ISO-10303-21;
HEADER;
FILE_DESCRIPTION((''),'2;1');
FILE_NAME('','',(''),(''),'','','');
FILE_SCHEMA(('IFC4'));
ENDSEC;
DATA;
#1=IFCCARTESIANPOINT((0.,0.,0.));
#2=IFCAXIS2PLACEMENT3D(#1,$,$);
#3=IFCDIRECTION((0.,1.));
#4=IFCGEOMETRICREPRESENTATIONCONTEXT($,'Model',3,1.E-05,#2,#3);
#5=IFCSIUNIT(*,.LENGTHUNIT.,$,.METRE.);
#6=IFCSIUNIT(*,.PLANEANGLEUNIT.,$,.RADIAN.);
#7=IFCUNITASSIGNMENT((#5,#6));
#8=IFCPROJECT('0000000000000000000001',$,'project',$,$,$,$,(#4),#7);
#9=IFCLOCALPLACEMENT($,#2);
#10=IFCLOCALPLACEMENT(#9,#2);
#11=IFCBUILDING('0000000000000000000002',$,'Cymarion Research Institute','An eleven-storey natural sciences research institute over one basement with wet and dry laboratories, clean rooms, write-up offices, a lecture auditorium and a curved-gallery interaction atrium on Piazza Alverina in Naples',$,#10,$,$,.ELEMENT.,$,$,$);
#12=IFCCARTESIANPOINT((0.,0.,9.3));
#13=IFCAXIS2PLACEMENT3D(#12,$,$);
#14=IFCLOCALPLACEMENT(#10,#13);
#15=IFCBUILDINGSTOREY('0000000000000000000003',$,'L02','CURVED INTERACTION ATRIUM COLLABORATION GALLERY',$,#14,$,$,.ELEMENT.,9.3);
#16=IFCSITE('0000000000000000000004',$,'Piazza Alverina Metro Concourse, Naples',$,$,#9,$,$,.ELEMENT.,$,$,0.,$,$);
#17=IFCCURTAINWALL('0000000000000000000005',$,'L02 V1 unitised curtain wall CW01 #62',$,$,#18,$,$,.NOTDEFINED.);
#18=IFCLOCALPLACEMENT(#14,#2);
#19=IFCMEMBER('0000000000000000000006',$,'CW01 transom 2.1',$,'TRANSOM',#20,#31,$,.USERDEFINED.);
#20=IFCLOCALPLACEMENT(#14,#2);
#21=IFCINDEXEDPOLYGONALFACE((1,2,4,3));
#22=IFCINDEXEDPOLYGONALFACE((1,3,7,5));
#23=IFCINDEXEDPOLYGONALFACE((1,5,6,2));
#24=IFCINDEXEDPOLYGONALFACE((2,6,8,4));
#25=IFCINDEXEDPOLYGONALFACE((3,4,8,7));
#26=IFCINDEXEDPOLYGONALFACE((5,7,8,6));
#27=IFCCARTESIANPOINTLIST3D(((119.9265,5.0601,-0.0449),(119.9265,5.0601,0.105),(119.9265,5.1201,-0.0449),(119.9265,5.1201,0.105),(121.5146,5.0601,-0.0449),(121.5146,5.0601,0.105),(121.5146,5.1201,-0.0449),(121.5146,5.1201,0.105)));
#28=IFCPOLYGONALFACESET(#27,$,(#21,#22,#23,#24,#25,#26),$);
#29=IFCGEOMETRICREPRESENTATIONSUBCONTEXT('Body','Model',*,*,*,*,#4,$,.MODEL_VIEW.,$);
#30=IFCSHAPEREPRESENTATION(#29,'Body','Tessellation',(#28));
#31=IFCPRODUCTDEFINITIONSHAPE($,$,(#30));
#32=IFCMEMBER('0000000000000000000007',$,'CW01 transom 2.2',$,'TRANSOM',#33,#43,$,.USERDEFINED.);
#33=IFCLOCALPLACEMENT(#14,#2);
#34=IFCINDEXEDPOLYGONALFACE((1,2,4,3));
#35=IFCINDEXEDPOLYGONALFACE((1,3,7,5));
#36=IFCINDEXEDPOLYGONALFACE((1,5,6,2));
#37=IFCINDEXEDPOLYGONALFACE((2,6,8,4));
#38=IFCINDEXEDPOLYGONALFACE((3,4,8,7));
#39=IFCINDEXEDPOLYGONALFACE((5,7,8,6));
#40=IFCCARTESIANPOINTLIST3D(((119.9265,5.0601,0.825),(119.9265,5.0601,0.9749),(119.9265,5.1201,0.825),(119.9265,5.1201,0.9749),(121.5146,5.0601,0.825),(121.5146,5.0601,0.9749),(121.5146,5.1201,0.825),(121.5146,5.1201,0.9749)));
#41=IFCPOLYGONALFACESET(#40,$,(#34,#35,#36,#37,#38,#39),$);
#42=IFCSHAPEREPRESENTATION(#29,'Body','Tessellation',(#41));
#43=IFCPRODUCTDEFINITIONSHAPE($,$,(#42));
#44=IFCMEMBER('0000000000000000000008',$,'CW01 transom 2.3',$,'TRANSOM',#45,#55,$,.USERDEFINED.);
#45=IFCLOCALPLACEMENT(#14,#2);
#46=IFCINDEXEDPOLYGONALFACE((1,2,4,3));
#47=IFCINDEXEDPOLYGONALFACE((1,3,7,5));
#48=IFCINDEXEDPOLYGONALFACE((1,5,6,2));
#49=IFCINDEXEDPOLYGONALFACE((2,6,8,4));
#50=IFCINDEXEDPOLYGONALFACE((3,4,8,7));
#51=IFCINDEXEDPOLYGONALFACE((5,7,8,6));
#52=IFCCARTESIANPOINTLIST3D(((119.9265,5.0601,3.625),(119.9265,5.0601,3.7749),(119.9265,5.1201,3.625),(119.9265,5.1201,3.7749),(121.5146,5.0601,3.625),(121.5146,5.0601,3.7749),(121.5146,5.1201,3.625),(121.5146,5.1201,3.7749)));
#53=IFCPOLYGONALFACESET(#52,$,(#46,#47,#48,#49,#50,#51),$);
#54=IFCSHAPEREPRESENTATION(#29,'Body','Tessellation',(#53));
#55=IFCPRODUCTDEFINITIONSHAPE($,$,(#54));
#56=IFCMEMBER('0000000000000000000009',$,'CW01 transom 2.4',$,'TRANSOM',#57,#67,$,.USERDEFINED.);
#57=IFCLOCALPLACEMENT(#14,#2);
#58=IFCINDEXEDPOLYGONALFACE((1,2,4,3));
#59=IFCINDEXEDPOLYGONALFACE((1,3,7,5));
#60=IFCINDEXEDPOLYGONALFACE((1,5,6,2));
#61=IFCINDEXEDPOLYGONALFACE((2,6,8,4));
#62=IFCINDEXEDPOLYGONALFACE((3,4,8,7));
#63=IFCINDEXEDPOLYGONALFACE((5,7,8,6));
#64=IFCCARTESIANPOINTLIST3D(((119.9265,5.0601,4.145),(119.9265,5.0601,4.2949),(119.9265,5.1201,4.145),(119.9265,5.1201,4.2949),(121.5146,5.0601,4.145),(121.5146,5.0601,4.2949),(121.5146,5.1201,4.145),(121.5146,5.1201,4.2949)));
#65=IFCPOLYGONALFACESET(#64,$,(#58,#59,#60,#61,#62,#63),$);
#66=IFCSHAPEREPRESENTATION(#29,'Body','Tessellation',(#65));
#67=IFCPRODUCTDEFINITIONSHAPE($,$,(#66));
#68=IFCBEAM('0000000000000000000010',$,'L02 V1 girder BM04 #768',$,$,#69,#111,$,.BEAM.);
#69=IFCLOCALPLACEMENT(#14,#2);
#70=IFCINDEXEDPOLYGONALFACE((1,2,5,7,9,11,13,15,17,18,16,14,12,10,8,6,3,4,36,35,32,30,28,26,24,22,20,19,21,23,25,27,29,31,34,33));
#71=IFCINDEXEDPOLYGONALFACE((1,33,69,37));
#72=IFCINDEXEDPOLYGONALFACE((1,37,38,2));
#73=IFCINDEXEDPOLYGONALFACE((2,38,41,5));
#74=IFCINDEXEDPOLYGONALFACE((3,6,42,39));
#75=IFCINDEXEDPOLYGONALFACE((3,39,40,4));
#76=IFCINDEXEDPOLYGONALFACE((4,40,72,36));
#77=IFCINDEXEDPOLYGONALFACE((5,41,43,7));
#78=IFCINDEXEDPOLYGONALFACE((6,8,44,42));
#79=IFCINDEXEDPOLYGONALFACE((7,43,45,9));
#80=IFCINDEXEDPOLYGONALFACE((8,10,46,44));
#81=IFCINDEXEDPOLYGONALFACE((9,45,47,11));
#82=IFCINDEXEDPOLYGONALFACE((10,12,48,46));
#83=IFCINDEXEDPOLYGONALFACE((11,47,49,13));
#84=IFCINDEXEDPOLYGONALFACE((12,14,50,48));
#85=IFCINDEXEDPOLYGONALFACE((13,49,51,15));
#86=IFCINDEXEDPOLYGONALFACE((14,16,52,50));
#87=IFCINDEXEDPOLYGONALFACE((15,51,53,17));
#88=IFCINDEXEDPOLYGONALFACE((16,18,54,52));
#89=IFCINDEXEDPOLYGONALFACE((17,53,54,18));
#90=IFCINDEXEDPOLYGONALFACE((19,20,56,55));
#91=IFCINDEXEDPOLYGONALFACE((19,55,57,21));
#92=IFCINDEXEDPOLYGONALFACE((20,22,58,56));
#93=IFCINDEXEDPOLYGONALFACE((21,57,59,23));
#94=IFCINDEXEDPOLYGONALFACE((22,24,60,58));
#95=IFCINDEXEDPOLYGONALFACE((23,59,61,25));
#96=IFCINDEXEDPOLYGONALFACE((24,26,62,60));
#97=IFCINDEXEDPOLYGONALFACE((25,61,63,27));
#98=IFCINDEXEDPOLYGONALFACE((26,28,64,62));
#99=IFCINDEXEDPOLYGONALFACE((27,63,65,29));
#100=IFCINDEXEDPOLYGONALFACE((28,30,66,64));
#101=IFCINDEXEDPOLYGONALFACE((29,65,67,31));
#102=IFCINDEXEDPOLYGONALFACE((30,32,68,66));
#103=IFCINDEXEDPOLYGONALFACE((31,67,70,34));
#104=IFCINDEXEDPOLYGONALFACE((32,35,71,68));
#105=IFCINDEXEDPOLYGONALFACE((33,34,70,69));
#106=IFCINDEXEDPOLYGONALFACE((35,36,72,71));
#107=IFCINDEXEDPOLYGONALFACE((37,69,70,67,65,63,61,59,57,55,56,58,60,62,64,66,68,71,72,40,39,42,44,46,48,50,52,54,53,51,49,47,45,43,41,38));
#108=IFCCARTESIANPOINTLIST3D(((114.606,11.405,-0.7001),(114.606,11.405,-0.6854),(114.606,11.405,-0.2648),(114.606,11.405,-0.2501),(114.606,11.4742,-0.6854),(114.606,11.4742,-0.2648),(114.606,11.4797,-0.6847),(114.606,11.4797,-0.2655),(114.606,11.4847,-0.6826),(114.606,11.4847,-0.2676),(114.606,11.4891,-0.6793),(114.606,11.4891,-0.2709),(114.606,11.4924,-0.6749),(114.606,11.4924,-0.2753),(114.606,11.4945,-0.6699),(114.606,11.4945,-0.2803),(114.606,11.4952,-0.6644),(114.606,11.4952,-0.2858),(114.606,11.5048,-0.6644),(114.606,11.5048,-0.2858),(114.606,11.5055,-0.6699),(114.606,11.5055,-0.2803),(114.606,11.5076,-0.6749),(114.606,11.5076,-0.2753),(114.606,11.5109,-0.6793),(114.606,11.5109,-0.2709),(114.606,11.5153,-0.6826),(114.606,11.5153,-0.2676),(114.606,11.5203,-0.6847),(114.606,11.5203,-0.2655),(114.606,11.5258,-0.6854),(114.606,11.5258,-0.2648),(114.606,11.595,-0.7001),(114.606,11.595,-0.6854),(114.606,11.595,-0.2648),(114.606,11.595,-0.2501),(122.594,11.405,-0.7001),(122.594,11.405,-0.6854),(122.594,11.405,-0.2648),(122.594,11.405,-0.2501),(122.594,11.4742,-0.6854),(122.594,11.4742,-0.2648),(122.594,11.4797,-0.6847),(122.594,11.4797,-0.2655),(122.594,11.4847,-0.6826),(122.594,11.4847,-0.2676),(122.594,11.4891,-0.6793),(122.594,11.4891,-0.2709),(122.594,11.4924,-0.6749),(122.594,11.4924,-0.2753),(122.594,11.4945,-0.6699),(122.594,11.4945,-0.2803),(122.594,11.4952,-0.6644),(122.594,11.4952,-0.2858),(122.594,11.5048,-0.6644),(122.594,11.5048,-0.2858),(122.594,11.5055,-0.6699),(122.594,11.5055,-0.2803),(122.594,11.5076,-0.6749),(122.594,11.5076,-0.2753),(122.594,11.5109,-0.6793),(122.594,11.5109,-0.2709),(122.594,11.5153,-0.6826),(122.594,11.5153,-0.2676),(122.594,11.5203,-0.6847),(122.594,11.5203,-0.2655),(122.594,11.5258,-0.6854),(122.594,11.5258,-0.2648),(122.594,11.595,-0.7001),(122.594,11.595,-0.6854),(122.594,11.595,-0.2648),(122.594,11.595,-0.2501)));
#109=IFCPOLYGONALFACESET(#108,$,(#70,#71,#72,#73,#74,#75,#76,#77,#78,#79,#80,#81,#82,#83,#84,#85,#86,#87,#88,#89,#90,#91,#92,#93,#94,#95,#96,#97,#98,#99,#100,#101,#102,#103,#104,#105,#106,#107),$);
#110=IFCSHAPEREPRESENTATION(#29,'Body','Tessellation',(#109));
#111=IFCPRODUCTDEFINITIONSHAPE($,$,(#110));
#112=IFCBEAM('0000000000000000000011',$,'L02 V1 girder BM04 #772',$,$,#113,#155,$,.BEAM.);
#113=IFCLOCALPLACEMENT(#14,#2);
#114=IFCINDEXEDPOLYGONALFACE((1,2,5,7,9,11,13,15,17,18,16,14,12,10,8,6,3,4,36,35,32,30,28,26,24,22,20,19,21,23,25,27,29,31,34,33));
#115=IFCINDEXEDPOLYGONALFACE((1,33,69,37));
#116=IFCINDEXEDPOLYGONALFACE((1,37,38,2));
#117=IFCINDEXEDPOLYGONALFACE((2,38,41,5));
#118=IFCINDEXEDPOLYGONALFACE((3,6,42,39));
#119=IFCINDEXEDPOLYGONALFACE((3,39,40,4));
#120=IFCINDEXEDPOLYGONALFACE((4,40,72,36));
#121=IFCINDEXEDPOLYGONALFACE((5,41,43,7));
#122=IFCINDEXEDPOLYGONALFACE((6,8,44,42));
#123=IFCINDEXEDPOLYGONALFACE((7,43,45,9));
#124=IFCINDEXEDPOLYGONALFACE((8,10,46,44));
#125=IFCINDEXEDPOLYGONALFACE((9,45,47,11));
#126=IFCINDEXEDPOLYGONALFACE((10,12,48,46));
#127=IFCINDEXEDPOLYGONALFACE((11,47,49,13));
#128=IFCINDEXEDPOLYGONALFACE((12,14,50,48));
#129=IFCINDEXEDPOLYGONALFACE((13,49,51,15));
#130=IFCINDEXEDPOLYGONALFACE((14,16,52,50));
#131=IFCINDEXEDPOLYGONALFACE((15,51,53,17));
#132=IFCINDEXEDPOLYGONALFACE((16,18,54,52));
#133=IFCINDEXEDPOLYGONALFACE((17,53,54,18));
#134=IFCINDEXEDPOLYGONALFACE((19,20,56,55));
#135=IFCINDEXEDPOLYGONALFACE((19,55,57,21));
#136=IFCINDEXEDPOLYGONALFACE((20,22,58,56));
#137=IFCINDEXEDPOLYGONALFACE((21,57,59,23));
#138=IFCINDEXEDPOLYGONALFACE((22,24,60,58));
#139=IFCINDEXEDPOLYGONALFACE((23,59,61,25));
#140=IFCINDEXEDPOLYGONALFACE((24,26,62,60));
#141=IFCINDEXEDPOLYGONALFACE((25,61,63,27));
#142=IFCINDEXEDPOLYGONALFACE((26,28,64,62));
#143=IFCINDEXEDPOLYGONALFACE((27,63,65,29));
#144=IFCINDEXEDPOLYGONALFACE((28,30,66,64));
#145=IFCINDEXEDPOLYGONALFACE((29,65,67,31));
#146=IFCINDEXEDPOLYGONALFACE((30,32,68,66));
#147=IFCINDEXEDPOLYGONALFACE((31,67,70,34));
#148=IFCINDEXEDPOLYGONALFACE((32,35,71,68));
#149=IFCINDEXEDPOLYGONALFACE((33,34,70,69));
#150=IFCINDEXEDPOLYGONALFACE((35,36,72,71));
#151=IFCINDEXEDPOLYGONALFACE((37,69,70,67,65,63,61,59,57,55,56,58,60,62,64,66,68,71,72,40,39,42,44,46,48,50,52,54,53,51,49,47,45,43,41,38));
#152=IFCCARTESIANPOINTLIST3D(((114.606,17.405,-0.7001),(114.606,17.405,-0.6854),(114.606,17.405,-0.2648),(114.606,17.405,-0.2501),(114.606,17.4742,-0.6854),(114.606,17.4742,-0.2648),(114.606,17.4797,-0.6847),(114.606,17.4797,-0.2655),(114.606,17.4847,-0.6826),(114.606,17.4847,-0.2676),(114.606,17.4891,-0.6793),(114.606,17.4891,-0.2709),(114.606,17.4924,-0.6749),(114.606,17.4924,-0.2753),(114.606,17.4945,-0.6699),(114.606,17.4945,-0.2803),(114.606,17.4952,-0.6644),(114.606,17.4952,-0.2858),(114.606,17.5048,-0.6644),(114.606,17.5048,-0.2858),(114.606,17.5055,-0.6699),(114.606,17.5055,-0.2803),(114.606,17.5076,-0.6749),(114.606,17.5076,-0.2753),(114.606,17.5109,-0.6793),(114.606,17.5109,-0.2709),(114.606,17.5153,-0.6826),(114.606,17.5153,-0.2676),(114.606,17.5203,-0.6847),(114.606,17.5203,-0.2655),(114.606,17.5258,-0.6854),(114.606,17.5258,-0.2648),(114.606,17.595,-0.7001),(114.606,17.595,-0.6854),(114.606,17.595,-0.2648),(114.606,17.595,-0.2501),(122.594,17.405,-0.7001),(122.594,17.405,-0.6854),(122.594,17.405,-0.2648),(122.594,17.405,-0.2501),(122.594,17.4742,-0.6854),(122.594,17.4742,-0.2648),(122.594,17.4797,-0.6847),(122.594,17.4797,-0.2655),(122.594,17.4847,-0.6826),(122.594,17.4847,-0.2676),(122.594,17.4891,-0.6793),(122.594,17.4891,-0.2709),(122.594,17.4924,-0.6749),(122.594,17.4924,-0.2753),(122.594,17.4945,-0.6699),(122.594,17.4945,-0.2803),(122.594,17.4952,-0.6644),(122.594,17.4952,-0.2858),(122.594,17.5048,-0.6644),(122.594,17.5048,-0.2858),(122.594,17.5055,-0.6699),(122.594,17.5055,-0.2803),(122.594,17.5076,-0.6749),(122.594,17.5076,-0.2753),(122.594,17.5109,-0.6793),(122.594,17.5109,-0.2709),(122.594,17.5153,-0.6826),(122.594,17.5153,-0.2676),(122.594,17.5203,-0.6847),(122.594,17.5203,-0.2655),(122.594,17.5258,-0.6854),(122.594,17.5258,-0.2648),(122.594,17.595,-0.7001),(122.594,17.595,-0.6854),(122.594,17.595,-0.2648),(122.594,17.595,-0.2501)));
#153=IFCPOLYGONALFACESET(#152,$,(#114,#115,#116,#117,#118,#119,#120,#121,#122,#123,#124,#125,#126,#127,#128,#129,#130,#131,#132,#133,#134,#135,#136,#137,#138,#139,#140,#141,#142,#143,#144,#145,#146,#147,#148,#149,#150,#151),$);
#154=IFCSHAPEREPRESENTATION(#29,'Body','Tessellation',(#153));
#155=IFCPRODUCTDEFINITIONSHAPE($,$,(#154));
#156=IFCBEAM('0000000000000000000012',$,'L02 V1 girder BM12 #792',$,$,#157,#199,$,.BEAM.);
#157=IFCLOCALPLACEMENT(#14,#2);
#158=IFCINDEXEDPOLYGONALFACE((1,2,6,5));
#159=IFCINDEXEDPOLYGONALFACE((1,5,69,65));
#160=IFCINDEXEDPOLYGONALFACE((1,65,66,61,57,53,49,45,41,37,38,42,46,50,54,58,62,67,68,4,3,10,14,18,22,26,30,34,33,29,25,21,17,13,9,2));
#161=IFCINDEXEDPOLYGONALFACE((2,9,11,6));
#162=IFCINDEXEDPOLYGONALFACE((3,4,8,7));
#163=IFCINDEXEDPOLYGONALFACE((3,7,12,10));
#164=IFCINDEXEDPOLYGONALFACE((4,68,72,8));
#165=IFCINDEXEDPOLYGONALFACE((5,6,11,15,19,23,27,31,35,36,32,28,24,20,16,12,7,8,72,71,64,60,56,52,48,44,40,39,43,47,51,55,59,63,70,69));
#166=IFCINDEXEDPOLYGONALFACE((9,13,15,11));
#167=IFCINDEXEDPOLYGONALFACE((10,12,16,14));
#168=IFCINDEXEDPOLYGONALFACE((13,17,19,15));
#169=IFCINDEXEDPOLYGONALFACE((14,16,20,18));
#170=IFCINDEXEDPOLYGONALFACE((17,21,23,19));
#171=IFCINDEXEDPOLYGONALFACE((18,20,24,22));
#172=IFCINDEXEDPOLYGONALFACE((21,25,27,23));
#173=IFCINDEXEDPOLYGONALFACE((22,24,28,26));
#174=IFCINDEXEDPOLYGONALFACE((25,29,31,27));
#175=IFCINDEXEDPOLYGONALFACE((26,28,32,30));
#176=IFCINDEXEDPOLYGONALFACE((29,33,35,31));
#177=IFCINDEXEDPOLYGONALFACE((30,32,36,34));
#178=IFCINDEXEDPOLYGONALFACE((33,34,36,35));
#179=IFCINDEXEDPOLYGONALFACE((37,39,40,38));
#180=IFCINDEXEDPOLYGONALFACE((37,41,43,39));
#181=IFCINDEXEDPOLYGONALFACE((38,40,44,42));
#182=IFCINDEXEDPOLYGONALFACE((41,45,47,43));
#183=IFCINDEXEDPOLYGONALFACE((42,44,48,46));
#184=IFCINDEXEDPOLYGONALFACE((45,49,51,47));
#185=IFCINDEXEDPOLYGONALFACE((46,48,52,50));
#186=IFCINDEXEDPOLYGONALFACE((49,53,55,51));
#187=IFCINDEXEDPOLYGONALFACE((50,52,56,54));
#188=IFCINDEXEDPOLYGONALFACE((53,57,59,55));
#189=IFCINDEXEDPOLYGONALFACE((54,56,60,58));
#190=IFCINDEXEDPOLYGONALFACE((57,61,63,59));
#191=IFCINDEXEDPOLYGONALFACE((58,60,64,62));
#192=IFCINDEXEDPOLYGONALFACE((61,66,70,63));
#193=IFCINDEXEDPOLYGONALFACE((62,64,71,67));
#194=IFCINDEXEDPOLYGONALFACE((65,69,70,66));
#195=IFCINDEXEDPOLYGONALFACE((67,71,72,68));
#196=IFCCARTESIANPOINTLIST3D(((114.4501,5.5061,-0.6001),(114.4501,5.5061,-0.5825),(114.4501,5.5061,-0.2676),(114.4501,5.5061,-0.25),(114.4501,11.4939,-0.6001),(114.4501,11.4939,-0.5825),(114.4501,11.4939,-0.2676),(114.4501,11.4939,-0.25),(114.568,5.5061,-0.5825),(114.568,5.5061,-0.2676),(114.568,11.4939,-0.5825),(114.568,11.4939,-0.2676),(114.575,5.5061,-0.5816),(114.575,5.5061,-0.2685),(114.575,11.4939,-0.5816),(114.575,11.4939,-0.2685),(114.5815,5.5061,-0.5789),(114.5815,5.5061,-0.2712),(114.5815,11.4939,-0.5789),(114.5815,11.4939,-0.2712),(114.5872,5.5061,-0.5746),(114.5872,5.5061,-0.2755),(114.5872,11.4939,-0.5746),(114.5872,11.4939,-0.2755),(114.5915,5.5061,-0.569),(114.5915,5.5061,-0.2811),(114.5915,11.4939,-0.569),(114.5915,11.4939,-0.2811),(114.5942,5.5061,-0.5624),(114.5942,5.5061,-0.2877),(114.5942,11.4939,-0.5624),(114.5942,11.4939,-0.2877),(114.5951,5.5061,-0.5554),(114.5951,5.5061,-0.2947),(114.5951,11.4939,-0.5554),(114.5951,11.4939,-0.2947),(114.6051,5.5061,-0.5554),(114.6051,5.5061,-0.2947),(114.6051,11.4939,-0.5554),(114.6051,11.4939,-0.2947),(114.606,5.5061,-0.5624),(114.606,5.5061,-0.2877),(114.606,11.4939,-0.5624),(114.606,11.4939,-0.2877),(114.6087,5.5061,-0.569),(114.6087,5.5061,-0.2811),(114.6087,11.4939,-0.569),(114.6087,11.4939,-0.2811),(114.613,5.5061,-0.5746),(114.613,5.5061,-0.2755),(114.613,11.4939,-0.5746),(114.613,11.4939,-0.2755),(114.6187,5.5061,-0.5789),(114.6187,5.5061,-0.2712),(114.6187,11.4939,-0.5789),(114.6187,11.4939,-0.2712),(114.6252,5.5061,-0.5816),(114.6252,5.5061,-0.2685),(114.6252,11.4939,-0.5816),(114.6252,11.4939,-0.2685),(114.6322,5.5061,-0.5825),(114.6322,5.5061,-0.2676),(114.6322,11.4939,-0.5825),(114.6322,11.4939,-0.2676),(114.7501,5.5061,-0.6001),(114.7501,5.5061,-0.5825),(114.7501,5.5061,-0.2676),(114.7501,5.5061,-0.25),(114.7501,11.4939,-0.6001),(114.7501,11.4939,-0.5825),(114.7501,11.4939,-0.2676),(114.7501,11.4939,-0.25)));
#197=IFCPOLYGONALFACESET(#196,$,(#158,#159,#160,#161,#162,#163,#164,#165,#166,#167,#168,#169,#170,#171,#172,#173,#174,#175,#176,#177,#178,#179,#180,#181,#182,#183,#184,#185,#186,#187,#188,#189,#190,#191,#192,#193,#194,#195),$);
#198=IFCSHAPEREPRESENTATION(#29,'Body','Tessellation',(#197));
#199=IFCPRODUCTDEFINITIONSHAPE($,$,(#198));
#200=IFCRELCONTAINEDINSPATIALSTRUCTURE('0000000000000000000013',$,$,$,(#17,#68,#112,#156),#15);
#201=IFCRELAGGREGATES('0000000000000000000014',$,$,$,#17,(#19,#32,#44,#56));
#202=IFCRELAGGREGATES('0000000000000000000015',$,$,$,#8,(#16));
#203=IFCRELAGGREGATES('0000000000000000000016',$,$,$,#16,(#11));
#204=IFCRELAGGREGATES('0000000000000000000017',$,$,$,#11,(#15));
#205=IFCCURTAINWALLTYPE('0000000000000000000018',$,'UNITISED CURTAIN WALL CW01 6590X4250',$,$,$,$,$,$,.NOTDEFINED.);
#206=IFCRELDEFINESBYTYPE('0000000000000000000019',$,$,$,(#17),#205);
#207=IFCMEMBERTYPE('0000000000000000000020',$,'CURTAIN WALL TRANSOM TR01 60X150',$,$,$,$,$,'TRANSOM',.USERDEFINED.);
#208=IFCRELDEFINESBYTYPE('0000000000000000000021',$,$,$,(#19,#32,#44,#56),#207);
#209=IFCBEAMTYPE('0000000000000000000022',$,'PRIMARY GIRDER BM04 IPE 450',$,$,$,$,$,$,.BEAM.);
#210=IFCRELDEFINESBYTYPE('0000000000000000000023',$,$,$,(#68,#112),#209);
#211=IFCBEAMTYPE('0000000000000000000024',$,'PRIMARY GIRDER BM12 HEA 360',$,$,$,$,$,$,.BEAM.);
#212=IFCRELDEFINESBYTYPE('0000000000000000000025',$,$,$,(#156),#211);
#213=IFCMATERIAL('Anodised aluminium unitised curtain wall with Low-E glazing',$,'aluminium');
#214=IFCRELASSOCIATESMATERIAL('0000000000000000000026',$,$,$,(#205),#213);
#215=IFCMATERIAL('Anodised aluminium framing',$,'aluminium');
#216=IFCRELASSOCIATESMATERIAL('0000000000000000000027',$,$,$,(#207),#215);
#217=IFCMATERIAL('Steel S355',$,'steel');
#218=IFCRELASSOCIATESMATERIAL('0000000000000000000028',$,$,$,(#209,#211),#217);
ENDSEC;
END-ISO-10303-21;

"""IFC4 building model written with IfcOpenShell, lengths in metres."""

from ifc_helpers import new_model, si_unit, direction, frame, origin, origin_2d, place, context, subcontext, project, spatial, rectangle, i_section, extrude, material, material_profile, profile_set, type_object, element, aggregate, save


model = new_model("IFC4")

# Units and contexts
model_context = context("Model", 3, precision=1e-05, world=origin(), true_north=direction((0.0, 1.0)))
body_context = subcontext(model_context, "Body", "Model", "MODEL_VIEW")
ifc_project = project(units=[si_unit("LENGTHUNIT", "METRE"), si_unit("PLANEANGLEUNIT", "RADIAN")], contexts=[model_context])

# Site, building, storey
site_placement = place(None, origin())
site = spatial("IfcSite", under=ifc_project, at=site_placement, Name="Piazza Alverina Metro Concourse, Naples", CompositionType="ELEMENT", RefElevation=0.0)
building_placement = place(site_placement, origin())
building = spatial("IfcBuilding", under=site, at=building_placement, Name="Cymarion Research Institute", Description="An eleven-storey natural sciences research institute over one basement with wet and dry laboratories, clean rooms, write-up offices, a lecture auditorium and a curved-gallery interaction atrium on Piazza Alverina in Naples", CompositionType="ELEMENT")
storey_placement = place(building_placement, frame((0.0, 0.0, 9.3)))
storey = spatial("IfcBuildingStorey", under=building, at=storey_placement, Name="L02", Description="CURVED INTERACTION ATRIUM COLLABORATION GALLERY", CompositionType="ELEMENT", Elevation=9.3)

# Shared definitions
ifc_material_1 = material(Name="Steel S355", Category="steel")

# Curtain wall, members
ifc_material_2 = material(Name="Anodised aluminium unitised curtain wall with Low-E glazing", Category="aluminium")
curtain_wall_type = type_object("IfcCurtainWallType", Name="UNITISED CURTAIN WALL CW01 6590X4250", PredefinedType="NOTDEFINED", material=ifc_material_2)
curtain_wall_placement = place(storey_placement, origin())
curtain_wall = element("IfcCurtainWall", 1, at=curtain_wall_placement, inside=storey, type_object=curtain_wall_type, Name="L02 V1 unitised curtain wall CW01 #62", PredefinedType="NOTDEFINED")
ifc_material_3 = material(Name="Anodised aluminium framing", Category="aluminium")
ifc_material_profile_1 = material_profile(ifc_material_3, rectangle(XDim=0.0601, YDim=0.1499, at=origin_2d()), Name="ALU TRANSOM 60x150")
ifc_profile_set_1 = profile_set([ifc_material_profile_1], Name="Anodised aluminium framing")
member_type_1 = type_object("IfcMemberType", Name="CURTAIN WALL TRANSOM TR01 60X150", ElementType="TRANSOM", PredefinedType="USERDEFINED", material=ifc_profile_set_1)
member_1_placement = place(storey_placement, frame((119.9265, 5.0901, 0.03), z_axis=(1.0, 0.0, 0.0), x_axis=(0.0, 1.0, 0.0)))
member_1 = element("IfcMember", 2, at=member_1_placement, type_object=member_type_1, Name="CW01 transom 2.1", ObjectType="TRANSOM", PredefinedType="USERDEFINED", context=body_context, shape_type="SweptSolid", body=[
    extrude(rectangle(XDim=0.0601, YDim=0.1499, at=origin_2d()), origin(), (0.0, 0.0, 1.0), 1.5881),
])
member_2_placement = place(storey_placement, frame((119.9265, 5.0901, 0.8999), z_axis=(1.0, 0.0, 0.0), x_axis=(0.0, 1.0, 0.0)))
member_2 = element("IfcMember", 3, at=member_2_placement, type_object=member_type_1, Name="CW01 transom 2.2", ObjectType="TRANSOM", PredefinedType="USERDEFINED", context=body_context, shape_type="SweptSolid", body=[
    extrude(rectangle(XDim=0.0601, YDim=0.1499, at=origin_2d()), origin(), (0.0, 0.0, 1.0), 1.5881),
])
member_3_placement = place(storey_placement, frame((119.9265, 5.0901, 3.7), z_axis=(1.0, 0.0, 0.0), x_axis=(0.0, 1.0, 0.0)))
member_3 = element("IfcMember", 4, at=member_3_placement, type_object=member_type_1, Name="CW01 transom 2.3", ObjectType="TRANSOM", PredefinedType="USERDEFINED", context=body_context, shape_type="SweptSolid", body=[
    extrude(rectangle(XDim=0.0601, YDim=0.1499, at=origin_2d()), origin(), (0.0, 0.0, 1.0), 1.5881),
])
member_4_placement = place(storey_placement, frame((119.9265, 5.0901, 4.22), z_axis=(1.0, 0.0, 0.0), x_axis=(0.0, 1.0, 0.0)))
member_4 = element("IfcMember", 5, at=member_4_placement, type_object=member_type_1, Name="CW01 transom 2.4", ObjectType="TRANSOM", PredefinedType="USERDEFINED", context=body_context, shape_type="SweptSolid", body=[
    extrude(rectangle(XDim=0.0601, YDim=0.1499, at=origin_2d()), origin(), (0.0, 0.0, 1.0), 1.5881),
])

# Beams
ifc_material_profile_2 = material_profile(ifc_material_1, i_section(OverallWidth=0.1899, OverallDepth=0.45, WebThickness=0.0095, FlangeThickness=0.0146, FilletRadius=0.021, at=origin_2d()), Name="IPE 450")
ifc_profile_set_2 = profile_set([ifc_material_profile_2], Name="Steel S355")
beam_type_1 = type_object("IfcBeamType", Name="PRIMARY GIRDER BM04 IPE 450", PredefinedType="BEAM", material=ifc_profile_set_2)
for number, where, z_axis, x_axis, name in (
    (6, (114.606, 11.5, -0.4751), (1.0, 0.0, 0.0), (0.0, 1.0, 0.0), "L02 V1 girder BM04 #768"),
    (7, (114.606, 17.5, -0.4751), (1.0, 0.0, 0.0), (0.0, 1.0, 0.0), "L02 V1 girder BM04 #772"),
):
    element("IfcBeam", number, at=place(storey_placement, frame(where, z_axis=z_axis, x_axis=x_axis)), inside=storey, type_object=beam_type_1, Name=name, PredefinedType="BEAM", context=body_context, shape_type="SweptSolid", body=[
        extrude(i_section(OverallWidth=0.1899, OverallDepth=0.45, WebThickness=0.0095, FlangeThickness=0.0146, FilletRadius=0.021, at=origin_2d()), origin(), (0.0, 0.0, 1.0), 7.988),
    ])
ifc_material_profile_3 = material_profile(ifc_material_1, i_section(OverallWidth=0.3, OverallDepth=0.3501, WebThickness=0.01, FlangeThickness=0.0176, FilletRadius=0.0271, at=origin_2d()), Name="HEA 360")
ifc_profile_set_3 = profile_set([ifc_material_profile_3], Name="Steel S355")
beam_type_2 = type_object("IfcBeamType", Name="PRIMARY GIRDER BM12 HEA 360", PredefinedType="BEAM", material=ifc_profile_set_3)
for number, where, z_axis, x_axis, name in (
    (8, (114.6001, 5.5061, -0.425), (0.0, 1.0, 0.0), (-1.0, 0.0, 0.0), "L02 V1 girder BM12 #792"),
):
    element("IfcBeam", number, at=place(storey_placement, frame(where, z_axis=z_axis, x_axis=x_axis)), inside=storey, type_object=beam_type_2, Name=name, PredefinedType="BEAM", context=body_context, shape_type="SweptSolid", body=[
        extrude(i_section(OverallWidth=0.3, OverallDepth=0.3501, WebThickness=0.01, FlangeThickness=0.0176, FilletRadius=0.0271, at=origin_2d()), origin(), (0.0, 0.0, 1.0), 5.9878),
    ])

aggregate(curtain_wall, [member_1, member_2, member_3, member_4])

save(model, "model.ifc")
